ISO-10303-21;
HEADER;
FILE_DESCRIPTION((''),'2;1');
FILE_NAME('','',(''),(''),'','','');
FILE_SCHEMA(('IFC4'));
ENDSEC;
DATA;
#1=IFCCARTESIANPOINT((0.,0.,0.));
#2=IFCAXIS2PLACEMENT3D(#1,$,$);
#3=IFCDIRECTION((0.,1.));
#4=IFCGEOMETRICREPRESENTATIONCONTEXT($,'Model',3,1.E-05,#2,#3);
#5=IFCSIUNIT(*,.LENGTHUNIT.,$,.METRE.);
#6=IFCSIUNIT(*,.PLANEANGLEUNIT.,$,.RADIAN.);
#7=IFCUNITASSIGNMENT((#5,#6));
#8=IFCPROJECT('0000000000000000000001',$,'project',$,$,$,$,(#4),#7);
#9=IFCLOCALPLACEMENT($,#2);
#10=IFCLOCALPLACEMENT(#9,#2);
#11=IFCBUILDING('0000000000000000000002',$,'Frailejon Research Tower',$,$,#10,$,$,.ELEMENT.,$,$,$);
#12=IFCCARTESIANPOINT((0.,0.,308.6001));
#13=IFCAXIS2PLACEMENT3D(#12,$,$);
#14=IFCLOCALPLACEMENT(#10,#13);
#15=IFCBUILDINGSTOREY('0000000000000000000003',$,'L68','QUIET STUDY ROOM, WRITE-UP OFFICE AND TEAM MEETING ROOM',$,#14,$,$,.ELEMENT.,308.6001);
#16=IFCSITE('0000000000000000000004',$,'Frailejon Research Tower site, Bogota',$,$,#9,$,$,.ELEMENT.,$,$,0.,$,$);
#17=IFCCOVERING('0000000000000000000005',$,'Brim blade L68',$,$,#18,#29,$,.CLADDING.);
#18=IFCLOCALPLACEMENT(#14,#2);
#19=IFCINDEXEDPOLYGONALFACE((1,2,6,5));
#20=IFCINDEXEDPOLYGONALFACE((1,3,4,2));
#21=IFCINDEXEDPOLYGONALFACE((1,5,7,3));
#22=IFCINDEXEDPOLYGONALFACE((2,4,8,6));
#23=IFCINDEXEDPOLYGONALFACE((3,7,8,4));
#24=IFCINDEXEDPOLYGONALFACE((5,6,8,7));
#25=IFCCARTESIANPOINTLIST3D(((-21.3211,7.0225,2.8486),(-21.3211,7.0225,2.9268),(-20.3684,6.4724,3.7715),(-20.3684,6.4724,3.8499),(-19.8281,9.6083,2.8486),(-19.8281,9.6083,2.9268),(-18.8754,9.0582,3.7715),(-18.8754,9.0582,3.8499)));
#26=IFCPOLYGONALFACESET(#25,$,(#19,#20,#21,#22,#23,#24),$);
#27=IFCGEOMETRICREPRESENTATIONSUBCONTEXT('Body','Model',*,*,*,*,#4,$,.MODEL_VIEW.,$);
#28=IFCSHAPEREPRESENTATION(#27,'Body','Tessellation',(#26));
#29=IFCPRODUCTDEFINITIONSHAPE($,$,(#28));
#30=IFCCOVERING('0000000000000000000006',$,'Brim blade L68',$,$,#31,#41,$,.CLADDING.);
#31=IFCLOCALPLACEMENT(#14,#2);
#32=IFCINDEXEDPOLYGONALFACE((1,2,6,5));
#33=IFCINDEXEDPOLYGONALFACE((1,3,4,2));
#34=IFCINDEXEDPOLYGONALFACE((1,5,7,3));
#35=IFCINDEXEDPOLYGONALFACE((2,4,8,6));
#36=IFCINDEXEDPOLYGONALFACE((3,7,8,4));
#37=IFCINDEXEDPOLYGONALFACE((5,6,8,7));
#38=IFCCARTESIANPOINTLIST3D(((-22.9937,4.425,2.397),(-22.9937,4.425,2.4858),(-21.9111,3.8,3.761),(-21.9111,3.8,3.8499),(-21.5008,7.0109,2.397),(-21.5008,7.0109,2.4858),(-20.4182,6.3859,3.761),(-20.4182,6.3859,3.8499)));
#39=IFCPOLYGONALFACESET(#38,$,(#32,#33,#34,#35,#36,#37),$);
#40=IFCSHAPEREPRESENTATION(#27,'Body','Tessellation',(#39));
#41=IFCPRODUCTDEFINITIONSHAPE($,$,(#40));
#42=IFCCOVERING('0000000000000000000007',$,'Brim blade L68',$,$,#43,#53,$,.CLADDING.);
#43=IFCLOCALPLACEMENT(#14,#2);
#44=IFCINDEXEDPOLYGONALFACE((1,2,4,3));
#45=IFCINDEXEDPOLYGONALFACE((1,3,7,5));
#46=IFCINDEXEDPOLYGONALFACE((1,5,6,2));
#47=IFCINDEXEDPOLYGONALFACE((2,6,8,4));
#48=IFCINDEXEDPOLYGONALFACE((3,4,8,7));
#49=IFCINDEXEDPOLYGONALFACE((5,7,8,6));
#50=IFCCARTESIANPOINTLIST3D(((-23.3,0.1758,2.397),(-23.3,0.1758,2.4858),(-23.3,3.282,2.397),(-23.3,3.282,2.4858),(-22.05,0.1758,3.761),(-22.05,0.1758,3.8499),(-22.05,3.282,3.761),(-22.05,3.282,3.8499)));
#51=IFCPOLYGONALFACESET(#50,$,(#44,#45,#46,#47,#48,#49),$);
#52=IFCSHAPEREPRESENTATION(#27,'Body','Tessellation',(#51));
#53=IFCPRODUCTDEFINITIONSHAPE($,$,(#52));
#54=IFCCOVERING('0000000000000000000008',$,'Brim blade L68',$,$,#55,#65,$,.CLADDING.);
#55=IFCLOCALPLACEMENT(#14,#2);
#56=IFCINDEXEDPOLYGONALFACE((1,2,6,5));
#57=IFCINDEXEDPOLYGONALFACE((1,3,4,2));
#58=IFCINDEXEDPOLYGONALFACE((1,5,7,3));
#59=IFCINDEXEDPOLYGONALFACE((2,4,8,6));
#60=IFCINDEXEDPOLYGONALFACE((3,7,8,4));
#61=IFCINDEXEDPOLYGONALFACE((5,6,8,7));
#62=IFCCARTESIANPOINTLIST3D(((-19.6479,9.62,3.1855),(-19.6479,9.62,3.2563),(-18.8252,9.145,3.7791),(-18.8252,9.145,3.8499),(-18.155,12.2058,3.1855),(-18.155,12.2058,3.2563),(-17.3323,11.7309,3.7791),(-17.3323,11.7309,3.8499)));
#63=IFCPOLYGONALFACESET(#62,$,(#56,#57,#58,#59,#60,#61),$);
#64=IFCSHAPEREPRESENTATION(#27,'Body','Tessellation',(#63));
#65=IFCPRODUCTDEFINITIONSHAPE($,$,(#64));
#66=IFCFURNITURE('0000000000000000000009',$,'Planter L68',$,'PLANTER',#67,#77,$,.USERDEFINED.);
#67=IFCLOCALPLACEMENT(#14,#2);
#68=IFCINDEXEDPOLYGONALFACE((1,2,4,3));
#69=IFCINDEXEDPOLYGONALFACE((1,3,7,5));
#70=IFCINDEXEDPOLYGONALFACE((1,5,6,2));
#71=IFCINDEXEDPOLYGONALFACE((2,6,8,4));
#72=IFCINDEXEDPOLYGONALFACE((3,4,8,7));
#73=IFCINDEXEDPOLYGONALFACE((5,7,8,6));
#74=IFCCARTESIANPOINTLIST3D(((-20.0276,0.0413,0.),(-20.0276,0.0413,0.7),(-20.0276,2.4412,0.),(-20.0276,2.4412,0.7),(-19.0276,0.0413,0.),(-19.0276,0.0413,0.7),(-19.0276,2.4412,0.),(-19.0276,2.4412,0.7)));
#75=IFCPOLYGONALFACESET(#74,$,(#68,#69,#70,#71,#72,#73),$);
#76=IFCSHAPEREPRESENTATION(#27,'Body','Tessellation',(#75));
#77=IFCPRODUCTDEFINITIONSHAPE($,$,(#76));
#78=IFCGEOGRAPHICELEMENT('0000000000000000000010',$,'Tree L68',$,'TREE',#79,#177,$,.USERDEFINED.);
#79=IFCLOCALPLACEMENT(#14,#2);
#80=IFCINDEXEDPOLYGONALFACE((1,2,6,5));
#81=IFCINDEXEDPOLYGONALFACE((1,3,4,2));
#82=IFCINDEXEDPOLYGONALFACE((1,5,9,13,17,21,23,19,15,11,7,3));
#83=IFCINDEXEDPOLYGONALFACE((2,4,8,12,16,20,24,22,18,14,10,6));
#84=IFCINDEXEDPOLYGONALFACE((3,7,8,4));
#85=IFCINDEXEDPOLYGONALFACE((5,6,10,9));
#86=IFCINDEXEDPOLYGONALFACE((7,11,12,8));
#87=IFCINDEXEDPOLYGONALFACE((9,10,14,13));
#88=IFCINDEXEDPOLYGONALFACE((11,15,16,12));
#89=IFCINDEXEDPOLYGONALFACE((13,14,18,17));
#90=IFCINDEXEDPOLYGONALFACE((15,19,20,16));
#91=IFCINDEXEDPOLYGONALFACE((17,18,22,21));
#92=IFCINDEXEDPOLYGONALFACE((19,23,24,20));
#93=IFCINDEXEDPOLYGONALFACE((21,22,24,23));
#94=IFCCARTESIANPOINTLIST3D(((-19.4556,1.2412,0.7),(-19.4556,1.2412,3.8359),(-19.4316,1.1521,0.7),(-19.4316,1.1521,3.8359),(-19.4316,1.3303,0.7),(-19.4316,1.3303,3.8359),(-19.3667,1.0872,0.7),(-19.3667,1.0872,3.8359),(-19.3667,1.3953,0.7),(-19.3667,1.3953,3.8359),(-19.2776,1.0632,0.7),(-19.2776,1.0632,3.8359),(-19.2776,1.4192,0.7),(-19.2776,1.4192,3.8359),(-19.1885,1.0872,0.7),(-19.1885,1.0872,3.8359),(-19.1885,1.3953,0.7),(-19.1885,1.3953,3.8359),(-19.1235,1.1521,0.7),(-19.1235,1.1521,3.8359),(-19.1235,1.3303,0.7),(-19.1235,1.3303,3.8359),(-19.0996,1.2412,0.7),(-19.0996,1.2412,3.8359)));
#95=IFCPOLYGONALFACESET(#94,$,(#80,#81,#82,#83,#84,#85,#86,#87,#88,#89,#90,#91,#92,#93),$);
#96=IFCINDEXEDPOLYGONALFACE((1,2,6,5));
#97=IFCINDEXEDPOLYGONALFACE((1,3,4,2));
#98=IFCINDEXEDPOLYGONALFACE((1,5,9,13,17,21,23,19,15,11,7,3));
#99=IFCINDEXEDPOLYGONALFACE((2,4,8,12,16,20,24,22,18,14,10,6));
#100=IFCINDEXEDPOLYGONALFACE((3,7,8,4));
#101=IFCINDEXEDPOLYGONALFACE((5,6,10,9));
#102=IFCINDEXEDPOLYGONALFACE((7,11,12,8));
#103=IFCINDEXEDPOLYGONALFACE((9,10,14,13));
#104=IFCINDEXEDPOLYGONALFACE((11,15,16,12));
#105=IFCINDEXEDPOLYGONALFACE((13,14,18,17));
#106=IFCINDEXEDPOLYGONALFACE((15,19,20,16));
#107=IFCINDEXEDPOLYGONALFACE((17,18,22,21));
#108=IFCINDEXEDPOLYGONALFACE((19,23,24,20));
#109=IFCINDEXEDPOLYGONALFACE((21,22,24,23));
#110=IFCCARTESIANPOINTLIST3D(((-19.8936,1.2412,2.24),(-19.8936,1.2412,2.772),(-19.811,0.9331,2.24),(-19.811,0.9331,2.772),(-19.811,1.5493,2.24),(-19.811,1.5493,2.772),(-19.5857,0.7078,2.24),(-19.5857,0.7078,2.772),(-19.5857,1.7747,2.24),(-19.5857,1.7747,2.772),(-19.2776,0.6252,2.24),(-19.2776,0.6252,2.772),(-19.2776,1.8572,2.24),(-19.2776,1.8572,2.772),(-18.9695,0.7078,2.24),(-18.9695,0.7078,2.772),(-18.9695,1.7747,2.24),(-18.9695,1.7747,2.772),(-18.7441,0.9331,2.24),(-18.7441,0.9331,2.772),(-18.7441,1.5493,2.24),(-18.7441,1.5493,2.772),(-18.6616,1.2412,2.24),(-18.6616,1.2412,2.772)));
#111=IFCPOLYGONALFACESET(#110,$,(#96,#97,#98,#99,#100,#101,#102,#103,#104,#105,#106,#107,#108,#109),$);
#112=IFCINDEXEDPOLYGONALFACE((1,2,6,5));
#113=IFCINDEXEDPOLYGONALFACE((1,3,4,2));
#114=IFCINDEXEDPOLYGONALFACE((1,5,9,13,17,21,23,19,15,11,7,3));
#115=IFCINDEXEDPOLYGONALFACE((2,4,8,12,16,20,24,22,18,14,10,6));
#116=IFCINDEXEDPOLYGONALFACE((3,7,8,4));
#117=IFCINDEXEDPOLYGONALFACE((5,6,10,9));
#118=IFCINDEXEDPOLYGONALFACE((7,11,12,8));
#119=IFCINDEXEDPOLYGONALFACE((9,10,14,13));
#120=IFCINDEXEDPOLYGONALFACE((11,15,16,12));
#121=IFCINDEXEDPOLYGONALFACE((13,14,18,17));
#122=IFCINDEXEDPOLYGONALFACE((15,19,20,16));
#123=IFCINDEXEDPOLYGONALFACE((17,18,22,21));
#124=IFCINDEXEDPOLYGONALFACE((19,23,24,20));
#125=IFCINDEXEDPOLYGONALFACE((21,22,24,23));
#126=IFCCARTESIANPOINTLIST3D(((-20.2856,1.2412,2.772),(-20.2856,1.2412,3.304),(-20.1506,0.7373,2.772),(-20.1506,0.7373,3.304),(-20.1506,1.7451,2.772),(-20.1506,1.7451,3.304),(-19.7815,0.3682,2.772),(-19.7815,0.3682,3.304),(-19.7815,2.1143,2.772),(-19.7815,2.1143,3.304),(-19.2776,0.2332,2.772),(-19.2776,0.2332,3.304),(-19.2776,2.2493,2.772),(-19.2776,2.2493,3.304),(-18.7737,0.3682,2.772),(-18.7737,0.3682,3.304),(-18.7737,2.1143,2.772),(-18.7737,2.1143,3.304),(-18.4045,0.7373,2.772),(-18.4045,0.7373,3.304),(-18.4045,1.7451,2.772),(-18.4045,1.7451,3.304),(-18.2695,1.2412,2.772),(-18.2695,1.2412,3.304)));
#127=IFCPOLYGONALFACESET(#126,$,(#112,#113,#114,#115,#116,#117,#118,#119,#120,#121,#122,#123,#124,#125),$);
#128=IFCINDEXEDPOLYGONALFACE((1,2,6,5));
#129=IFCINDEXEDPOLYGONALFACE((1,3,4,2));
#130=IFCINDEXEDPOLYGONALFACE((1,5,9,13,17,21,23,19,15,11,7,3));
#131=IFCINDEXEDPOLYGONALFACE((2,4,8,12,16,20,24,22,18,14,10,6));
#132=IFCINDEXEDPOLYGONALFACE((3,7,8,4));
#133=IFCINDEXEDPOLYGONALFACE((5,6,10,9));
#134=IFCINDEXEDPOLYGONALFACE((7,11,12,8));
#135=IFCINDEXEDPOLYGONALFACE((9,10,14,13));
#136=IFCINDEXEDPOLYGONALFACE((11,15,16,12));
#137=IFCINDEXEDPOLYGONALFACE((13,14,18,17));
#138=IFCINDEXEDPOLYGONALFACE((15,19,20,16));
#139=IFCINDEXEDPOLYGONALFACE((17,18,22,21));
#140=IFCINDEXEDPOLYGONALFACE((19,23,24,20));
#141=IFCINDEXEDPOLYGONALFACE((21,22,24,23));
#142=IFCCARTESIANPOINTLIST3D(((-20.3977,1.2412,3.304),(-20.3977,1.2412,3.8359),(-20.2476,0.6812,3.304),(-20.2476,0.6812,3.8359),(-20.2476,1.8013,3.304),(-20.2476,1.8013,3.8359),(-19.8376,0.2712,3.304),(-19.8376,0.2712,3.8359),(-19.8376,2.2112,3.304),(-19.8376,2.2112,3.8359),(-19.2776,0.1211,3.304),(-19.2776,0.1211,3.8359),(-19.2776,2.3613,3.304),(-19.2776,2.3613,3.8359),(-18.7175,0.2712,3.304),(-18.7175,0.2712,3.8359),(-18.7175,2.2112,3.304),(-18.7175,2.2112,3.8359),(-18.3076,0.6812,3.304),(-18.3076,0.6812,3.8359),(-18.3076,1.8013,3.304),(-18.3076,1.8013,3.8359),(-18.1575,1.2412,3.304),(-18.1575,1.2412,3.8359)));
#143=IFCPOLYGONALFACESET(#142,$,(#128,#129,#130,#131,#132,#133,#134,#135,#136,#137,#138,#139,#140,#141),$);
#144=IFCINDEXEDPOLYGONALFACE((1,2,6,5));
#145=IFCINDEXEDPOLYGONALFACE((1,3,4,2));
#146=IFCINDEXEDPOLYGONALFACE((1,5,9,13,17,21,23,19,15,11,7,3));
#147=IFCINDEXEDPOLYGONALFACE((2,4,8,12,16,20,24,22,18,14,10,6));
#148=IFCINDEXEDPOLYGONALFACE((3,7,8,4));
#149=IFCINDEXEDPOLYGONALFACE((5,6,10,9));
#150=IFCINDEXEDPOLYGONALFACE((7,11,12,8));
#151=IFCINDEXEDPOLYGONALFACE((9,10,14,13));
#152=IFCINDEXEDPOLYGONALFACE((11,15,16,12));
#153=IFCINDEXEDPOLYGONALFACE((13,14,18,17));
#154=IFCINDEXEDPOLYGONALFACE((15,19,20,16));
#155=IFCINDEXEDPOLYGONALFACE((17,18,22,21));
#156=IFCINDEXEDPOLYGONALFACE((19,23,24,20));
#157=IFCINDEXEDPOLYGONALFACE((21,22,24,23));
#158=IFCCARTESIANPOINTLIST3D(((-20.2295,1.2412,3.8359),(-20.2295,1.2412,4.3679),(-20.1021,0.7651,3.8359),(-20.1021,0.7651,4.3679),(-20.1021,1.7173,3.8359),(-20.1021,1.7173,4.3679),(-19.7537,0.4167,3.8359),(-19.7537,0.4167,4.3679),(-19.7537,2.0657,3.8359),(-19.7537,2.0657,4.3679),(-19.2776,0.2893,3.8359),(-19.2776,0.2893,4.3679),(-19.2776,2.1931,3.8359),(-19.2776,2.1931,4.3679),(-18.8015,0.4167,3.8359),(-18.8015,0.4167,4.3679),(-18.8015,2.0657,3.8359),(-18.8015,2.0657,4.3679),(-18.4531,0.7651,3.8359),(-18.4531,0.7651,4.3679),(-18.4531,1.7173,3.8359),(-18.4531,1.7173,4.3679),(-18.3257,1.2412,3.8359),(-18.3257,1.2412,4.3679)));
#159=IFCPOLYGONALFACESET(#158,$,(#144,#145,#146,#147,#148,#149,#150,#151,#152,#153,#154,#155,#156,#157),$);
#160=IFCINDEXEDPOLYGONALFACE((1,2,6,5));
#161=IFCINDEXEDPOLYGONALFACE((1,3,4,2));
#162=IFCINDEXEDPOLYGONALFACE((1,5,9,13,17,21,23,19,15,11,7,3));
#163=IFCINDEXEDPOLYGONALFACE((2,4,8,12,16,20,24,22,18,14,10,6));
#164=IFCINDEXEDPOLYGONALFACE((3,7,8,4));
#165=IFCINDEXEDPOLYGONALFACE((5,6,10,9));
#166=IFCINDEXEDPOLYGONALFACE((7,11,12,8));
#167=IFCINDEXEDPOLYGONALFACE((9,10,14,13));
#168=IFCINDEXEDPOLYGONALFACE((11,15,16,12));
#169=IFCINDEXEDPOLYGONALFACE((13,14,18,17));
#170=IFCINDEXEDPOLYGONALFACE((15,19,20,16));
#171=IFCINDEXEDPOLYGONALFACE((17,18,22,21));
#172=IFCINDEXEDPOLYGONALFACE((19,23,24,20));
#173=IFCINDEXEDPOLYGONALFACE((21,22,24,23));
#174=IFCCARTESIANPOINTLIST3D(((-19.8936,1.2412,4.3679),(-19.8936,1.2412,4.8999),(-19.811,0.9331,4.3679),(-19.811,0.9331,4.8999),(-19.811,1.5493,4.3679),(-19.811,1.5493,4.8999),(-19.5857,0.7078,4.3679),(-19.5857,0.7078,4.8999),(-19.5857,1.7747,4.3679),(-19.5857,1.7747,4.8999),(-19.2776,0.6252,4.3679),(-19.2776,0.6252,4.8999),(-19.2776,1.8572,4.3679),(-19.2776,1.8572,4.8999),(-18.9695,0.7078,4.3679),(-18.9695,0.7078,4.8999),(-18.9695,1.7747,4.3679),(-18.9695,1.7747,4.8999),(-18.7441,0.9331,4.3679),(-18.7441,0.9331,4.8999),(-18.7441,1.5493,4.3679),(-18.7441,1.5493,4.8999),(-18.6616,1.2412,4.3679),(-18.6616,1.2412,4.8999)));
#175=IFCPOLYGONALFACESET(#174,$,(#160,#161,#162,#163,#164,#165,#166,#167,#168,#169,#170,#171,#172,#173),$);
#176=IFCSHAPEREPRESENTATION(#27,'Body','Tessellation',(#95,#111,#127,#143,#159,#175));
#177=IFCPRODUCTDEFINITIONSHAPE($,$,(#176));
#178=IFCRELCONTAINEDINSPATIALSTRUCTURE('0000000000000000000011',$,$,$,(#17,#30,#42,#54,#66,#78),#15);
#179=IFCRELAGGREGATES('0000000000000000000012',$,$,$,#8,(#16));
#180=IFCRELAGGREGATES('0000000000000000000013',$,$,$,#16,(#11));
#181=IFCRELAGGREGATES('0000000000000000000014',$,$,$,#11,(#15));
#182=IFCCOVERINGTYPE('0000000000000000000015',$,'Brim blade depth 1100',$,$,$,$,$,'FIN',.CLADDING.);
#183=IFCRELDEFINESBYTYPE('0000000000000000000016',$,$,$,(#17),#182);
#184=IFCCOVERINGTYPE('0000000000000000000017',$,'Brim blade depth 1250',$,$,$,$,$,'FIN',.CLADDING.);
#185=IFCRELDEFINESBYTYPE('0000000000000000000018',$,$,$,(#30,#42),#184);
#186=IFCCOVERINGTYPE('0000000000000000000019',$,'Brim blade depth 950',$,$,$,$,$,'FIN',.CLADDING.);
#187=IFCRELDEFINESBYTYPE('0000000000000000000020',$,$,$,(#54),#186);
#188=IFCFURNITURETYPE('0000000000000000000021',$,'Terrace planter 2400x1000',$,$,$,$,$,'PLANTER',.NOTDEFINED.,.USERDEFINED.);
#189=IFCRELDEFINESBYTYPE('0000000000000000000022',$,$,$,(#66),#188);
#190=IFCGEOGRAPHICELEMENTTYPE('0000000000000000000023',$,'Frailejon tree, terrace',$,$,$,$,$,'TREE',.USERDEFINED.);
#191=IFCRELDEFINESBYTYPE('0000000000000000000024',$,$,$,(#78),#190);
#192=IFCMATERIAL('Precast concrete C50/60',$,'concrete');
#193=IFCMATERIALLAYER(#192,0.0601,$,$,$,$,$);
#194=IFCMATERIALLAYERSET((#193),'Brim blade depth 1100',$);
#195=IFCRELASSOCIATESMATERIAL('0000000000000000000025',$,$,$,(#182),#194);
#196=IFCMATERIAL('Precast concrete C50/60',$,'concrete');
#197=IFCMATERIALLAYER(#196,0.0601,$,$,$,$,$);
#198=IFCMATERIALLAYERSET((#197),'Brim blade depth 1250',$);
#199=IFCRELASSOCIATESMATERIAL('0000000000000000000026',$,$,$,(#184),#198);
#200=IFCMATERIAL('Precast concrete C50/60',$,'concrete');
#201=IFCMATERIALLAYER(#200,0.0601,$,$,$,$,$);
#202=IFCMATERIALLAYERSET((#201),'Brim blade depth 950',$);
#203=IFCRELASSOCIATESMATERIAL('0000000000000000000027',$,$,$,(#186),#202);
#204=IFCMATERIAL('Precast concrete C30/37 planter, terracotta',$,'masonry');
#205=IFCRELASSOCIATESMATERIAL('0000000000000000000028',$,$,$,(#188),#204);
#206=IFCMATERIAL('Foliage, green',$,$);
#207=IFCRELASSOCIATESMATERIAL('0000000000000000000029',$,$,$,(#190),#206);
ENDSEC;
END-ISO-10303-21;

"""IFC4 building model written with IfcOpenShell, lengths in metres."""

from ifc_helpers import new_model, si_unit, direction, frame, origin, origin_2d, place, context, subcontext, project, spatial, polyline, rectangle, outline, extrude, material, layer, layer_set, type_object, element, save


model = new_model("IFC4")

# Units and contexts
model_context = context("Model", 3, precision=1e-05, world=origin(), true_north=direction((0.0, 1.0)))
body_context = subcontext(model_context, "Body", "Model", "MODEL_VIEW")
ifc_project = project(units=[si_unit("LENGTHUNIT", "METRE"), si_unit("PLANEANGLEUNIT", "RADIAN")], contexts=[model_context])

# Site, building, storey
site_placement = place(None, origin())
site = spatial("IfcSite", under=ifc_project, at=site_placement, Name="Frailejon Research Tower site, Bogota", CompositionType="ELEMENT", RefElevation=0.0)
building_placement = place(site_placement, origin())
building = spatial("IfcBuilding", under=site, at=building_placement, Name="Frailejon Research Tower", CompositionType="ELEMENT")
storey_placement = place(building_placement, frame((0.0, 0.0, 308.6001)))
storey = spatial("IfcBuildingStorey", under=building, at=storey_placement, Name="L68", Description="QUIET STUDY ROOM, WRITE-UP OFFICE AND TEAM MEETING ROOM", CompositionType="ELEMENT", Elevation=308.6001)

# Coverings
ifc_material_1 = material(Name="Precast concrete C50/60", Category="concrete")
ifc_layer_1 = layer(ifc_material_1, 0.0601)
ifc_layer_set_1 = layer_set([ifc_layer_1], Name="Brim blade depth 1100")
covering_type_1 = type_object("IfcCoveringType", Name="Brim blade depth 1100", ElementType="FIN", PredefinedType="CLADDING", material=ifc_layer_set_1)
covering_1_placement = place(storey_placement, frame((-20.3684, 6.4724, 3.8499), z_axis=(0.500022, 0.866013, 0.0), x_axis=(-0.866013, 0.500022, 0.0)))
element("IfcCovering", 1, at=covering_1_placement, inside=storey, type_object=covering_type_1, Name="Brim blade L68", PredefinedType="CLADDING", context=body_context, shape_type="SweptSolid", body=[
    extrude(outline(polyline([(0.0, -0.0784), (1.1001, -1.0012), (1.1001, -0.9231), (0.0, 0.0), (0.0, -0.0784)])), origin(), (0.0, 0.0, 1.0), 2.9858),
])
ifc_material_2 = material(Name="Precast concrete C50/60", Category="concrete")
ifc_layer_2 = layer(ifc_material_2, 0.0601)
ifc_layer_set_2 = layer_set([ifc_layer_2], Name="Brim blade depth 1250")
covering_type_2 = type_object("IfcCoveringType", Name="Brim blade depth 1250", ElementType="FIN", PredefinedType="CLADDING", material=ifc_layer_set_2)
covering_2_placement = place(storey_placement, frame((-21.9111, 3.8, 3.8499), z_axis=(0.499997, 0.866027, 0.0), x_axis=(-0.866027, 0.499997, 0.0)))
element("IfcCovering", 2, at=covering_2_placement, inside=storey, type_object=covering_type_2, Name="Brim blade L68", PredefinedType="CLADDING", context=body_context, shape_type="SweptSolid", body=[
    extrude(outline(polyline([(0.0, -0.0889), (1.25, -1.4529), (1.25, -1.364), (0.0, 0.0), (0.0, -0.0889)])), origin(), (0.0, 0.0, 1.0), 2.9858),
])
covering_3_placement = place(storey_placement, frame((-22.05, 0.1758, 3.8499), z_axis=(0.0, 1.0, 0.0), x_axis=(-1.0, 0.0, 0.0)))
element("IfcCovering", 3, at=covering_3_placement, inside=storey, type_object=covering_type_2, Name="Brim blade L68", PredefinedType="CLADDING", context=body_context, shape_type="SweptSolid", body=[
    extrude(outline(polyline([(0.0, -0.0889), (1.25, -1.4529), (1.25, -1.364), (0.0, 0.0), (0.0, -0.0889)])), origin(), (0.0, 0.0, 1.0), 3.1062),
])
ifc_material_3 = material(Name="Precast concrete C50/60", Category="concrete")
ifc_layer_3 = layer(ifc_material_3, 0.0601)
ifc_layer_set_3 = layer_set([ifc_layer_3], Name="Brim blade depth 950")
covering_type_3 = type_object("IfcCoveringType", Name="Brim blade depth 950", ElementType="FIN", PredefinedType="CLADDING", material=ifc_layer_set_3)
covering_4_placement = place(storey_placement, frame((-18.8252, 9.145, 3.8499), z_axis=(0.499983, 0.866035, 0.0), x_axis=(-0.866035, 0.499983, 0.0)))
element("IfcCovering", 4, at=covering_4_placement, inside=storey, type_object=covering_type_3, Name="Brim blade L68", PredefinedType="CLADDING", context=body_context, shape_type="SweptSolid", body=[
    extrude(outline(polyline([(0.0, -0.0708), (0.95, -0.6643), (0.95, -0.5935), (0.0, 0.0), (0.0, -0.0708)])), origin(), (0.0, 0.0, 1.0), 2.9858),
])

# Furniture
ifc_material_4 = material(Name="Precast concrete C30/37 planter, terracotta", Category="masonry")
furniture_type = type_object("IfcFurnitureType", Name="Terrace planter 2400x1000", ElementType="PLANTER", AssemblyPlace="NOTDEFINED", PredefinedType="USERDEFINED", material=ifc_material_4)
furniture_placement = place(storey_placement, frame((-19.5276, 1.2412, 0.0), z_axis=(0.0, 0.0, 1.0), x_axis=(0.0, -1.0, 0.0)))
element("IfcFurniture", 5, at=furniture_placement, inside=storey, type_object=furniture_type, Name="Planter L68", ObjectType="PLANTER", PredefinedType="USERDEFINED", context=body_context, shape_type="SweptSolid", body=[
    extrude(rectangle(XDim=2.3999, YDim=1.0, at=origin_2d()), origin(), (0.0, 0.0, 1.0), 0.7),
])

# Geographic element
ifc_material_5 = material(Name="Foliage, green")
geographic_element_type = type_object("IfcGeographicElementType", Name="Frailejon tree, terrace", ElementType="TREE", PredefinedType="USERDEFINED", material=ifc_material_5)
geographic_element_placement = place(storey_placement, frame((-19.2776, 1.2412, 0.7)))
element("IfcGeographicElement", 6, at=geographic_element_placement, inside=storey, type_object=geographic_element_type, Name="Tree L68", ObjectType="TREE", PredefinedType="USERDEFINED", context=body_context, shape_type="SweptSolid", body=[
    extrude(outline(polyline([(0.178, 0.0), (0.1541, 0.0891), (0.0891, 0.1541), (0.0, 0.178), (-0.0891, 0.1541), (-0.1541, 0.0891), (-0.178, 0.0), (-0.1541, -0.0891), (-0.0891, -0.1541), (0.0, -0.178), (0.0891, -0.1541), (0.1541, -0.0891), (0.178, 0.0)])), origin(), (0.0, 0.0, 1.0), 3.136),
    extrude(outline(polyline([(0.616, 0.0), (0.5334, 0.3081), (0.3081, 0.5334), (0.0, 0.616), (-0.3081, 0.5334), (-0.5334, 0.3081), (-0.616, 0.0), (-0.5334, -0.3081), (-0.3081, -0.5334), (0.0, -0.616), (0.3081, -0.5334), (0.5334, -0.3081), (0.616, 0.0)])), frame((0.0, 0.0, 1.54)), (0.0, 0.0, 1.0), 0.532),
    extrude(outline(polyline([(1.0081, 0.0), (0.873, 0.5039), (0.5039, 0.873), (0.0, 1.0081), (-0.5039, 0.873), (-0.873, 0.5039), (-1.0081, 0.0), (-0.873, -0.5039), (-0.5039, -0.873), (0.0, -1.0081), (0.5039, -0.873), (0.873, -0.5039), (1.0081, 0.0)])), frame((0.0, 0.0, 2.072)), (0.0, 0.0, 1.0), 0.532),
    extrude(outline(polyline([(1.1201, 0.0), (0.97, 0.5601), (0.5601, 0.97), (0.0, 1.1201), (-0.5601, 0.97), (-0.97, 0.5601), (-1.1201, 0.0), (-0.97, -0.5601), (-0.5601, -0.97), (0.0, -1.1201), (0.5601, -0.97), (0.97, -0.5601), (1.1201, 0.0)])), frame((0.0, 0.0, 2.604)), (0.0, 0.0, 1.0), 0.532),
    extrude(outline(polyline([(0.9519, 0.0), (0.8245, 0.4761), (0.4761, 0.8245), (0.0, 0.9519), (-0.4761, 0.8245), (-0.8245, 0.4761), (-0.9519, 0.0), (-0.8245, -0.4761), (-0.4761, -0.8245), (0.0, -0.9519), (0.4761, -0.8245), (0.8245, -0.4761), (0.9519, 0.0)])), frame((0.0, 0.0, 3.136)), (0.0, 0.0, 1.0), 0.532),
    extrude(outline(polyline([(0.616, 0.0), (0.5334, 0.3081), (0.3081, 0.5334), (0.0, 0.616), (-0.3081, 0.5334), (-0.5334, 0.3081), (-0.616, 0.0), (-0.5334, -0.3081), (-0.3081, -0.5334), (0.0, -0.616), (0.3081, -0.5334), (0.5334, -0.3081), (0.616, 0.0)])), frame((0.0, 0.0, 3.668)), (0.0, 0.0, 1.0), 0.532),
])

save(model, "model.ifc")
